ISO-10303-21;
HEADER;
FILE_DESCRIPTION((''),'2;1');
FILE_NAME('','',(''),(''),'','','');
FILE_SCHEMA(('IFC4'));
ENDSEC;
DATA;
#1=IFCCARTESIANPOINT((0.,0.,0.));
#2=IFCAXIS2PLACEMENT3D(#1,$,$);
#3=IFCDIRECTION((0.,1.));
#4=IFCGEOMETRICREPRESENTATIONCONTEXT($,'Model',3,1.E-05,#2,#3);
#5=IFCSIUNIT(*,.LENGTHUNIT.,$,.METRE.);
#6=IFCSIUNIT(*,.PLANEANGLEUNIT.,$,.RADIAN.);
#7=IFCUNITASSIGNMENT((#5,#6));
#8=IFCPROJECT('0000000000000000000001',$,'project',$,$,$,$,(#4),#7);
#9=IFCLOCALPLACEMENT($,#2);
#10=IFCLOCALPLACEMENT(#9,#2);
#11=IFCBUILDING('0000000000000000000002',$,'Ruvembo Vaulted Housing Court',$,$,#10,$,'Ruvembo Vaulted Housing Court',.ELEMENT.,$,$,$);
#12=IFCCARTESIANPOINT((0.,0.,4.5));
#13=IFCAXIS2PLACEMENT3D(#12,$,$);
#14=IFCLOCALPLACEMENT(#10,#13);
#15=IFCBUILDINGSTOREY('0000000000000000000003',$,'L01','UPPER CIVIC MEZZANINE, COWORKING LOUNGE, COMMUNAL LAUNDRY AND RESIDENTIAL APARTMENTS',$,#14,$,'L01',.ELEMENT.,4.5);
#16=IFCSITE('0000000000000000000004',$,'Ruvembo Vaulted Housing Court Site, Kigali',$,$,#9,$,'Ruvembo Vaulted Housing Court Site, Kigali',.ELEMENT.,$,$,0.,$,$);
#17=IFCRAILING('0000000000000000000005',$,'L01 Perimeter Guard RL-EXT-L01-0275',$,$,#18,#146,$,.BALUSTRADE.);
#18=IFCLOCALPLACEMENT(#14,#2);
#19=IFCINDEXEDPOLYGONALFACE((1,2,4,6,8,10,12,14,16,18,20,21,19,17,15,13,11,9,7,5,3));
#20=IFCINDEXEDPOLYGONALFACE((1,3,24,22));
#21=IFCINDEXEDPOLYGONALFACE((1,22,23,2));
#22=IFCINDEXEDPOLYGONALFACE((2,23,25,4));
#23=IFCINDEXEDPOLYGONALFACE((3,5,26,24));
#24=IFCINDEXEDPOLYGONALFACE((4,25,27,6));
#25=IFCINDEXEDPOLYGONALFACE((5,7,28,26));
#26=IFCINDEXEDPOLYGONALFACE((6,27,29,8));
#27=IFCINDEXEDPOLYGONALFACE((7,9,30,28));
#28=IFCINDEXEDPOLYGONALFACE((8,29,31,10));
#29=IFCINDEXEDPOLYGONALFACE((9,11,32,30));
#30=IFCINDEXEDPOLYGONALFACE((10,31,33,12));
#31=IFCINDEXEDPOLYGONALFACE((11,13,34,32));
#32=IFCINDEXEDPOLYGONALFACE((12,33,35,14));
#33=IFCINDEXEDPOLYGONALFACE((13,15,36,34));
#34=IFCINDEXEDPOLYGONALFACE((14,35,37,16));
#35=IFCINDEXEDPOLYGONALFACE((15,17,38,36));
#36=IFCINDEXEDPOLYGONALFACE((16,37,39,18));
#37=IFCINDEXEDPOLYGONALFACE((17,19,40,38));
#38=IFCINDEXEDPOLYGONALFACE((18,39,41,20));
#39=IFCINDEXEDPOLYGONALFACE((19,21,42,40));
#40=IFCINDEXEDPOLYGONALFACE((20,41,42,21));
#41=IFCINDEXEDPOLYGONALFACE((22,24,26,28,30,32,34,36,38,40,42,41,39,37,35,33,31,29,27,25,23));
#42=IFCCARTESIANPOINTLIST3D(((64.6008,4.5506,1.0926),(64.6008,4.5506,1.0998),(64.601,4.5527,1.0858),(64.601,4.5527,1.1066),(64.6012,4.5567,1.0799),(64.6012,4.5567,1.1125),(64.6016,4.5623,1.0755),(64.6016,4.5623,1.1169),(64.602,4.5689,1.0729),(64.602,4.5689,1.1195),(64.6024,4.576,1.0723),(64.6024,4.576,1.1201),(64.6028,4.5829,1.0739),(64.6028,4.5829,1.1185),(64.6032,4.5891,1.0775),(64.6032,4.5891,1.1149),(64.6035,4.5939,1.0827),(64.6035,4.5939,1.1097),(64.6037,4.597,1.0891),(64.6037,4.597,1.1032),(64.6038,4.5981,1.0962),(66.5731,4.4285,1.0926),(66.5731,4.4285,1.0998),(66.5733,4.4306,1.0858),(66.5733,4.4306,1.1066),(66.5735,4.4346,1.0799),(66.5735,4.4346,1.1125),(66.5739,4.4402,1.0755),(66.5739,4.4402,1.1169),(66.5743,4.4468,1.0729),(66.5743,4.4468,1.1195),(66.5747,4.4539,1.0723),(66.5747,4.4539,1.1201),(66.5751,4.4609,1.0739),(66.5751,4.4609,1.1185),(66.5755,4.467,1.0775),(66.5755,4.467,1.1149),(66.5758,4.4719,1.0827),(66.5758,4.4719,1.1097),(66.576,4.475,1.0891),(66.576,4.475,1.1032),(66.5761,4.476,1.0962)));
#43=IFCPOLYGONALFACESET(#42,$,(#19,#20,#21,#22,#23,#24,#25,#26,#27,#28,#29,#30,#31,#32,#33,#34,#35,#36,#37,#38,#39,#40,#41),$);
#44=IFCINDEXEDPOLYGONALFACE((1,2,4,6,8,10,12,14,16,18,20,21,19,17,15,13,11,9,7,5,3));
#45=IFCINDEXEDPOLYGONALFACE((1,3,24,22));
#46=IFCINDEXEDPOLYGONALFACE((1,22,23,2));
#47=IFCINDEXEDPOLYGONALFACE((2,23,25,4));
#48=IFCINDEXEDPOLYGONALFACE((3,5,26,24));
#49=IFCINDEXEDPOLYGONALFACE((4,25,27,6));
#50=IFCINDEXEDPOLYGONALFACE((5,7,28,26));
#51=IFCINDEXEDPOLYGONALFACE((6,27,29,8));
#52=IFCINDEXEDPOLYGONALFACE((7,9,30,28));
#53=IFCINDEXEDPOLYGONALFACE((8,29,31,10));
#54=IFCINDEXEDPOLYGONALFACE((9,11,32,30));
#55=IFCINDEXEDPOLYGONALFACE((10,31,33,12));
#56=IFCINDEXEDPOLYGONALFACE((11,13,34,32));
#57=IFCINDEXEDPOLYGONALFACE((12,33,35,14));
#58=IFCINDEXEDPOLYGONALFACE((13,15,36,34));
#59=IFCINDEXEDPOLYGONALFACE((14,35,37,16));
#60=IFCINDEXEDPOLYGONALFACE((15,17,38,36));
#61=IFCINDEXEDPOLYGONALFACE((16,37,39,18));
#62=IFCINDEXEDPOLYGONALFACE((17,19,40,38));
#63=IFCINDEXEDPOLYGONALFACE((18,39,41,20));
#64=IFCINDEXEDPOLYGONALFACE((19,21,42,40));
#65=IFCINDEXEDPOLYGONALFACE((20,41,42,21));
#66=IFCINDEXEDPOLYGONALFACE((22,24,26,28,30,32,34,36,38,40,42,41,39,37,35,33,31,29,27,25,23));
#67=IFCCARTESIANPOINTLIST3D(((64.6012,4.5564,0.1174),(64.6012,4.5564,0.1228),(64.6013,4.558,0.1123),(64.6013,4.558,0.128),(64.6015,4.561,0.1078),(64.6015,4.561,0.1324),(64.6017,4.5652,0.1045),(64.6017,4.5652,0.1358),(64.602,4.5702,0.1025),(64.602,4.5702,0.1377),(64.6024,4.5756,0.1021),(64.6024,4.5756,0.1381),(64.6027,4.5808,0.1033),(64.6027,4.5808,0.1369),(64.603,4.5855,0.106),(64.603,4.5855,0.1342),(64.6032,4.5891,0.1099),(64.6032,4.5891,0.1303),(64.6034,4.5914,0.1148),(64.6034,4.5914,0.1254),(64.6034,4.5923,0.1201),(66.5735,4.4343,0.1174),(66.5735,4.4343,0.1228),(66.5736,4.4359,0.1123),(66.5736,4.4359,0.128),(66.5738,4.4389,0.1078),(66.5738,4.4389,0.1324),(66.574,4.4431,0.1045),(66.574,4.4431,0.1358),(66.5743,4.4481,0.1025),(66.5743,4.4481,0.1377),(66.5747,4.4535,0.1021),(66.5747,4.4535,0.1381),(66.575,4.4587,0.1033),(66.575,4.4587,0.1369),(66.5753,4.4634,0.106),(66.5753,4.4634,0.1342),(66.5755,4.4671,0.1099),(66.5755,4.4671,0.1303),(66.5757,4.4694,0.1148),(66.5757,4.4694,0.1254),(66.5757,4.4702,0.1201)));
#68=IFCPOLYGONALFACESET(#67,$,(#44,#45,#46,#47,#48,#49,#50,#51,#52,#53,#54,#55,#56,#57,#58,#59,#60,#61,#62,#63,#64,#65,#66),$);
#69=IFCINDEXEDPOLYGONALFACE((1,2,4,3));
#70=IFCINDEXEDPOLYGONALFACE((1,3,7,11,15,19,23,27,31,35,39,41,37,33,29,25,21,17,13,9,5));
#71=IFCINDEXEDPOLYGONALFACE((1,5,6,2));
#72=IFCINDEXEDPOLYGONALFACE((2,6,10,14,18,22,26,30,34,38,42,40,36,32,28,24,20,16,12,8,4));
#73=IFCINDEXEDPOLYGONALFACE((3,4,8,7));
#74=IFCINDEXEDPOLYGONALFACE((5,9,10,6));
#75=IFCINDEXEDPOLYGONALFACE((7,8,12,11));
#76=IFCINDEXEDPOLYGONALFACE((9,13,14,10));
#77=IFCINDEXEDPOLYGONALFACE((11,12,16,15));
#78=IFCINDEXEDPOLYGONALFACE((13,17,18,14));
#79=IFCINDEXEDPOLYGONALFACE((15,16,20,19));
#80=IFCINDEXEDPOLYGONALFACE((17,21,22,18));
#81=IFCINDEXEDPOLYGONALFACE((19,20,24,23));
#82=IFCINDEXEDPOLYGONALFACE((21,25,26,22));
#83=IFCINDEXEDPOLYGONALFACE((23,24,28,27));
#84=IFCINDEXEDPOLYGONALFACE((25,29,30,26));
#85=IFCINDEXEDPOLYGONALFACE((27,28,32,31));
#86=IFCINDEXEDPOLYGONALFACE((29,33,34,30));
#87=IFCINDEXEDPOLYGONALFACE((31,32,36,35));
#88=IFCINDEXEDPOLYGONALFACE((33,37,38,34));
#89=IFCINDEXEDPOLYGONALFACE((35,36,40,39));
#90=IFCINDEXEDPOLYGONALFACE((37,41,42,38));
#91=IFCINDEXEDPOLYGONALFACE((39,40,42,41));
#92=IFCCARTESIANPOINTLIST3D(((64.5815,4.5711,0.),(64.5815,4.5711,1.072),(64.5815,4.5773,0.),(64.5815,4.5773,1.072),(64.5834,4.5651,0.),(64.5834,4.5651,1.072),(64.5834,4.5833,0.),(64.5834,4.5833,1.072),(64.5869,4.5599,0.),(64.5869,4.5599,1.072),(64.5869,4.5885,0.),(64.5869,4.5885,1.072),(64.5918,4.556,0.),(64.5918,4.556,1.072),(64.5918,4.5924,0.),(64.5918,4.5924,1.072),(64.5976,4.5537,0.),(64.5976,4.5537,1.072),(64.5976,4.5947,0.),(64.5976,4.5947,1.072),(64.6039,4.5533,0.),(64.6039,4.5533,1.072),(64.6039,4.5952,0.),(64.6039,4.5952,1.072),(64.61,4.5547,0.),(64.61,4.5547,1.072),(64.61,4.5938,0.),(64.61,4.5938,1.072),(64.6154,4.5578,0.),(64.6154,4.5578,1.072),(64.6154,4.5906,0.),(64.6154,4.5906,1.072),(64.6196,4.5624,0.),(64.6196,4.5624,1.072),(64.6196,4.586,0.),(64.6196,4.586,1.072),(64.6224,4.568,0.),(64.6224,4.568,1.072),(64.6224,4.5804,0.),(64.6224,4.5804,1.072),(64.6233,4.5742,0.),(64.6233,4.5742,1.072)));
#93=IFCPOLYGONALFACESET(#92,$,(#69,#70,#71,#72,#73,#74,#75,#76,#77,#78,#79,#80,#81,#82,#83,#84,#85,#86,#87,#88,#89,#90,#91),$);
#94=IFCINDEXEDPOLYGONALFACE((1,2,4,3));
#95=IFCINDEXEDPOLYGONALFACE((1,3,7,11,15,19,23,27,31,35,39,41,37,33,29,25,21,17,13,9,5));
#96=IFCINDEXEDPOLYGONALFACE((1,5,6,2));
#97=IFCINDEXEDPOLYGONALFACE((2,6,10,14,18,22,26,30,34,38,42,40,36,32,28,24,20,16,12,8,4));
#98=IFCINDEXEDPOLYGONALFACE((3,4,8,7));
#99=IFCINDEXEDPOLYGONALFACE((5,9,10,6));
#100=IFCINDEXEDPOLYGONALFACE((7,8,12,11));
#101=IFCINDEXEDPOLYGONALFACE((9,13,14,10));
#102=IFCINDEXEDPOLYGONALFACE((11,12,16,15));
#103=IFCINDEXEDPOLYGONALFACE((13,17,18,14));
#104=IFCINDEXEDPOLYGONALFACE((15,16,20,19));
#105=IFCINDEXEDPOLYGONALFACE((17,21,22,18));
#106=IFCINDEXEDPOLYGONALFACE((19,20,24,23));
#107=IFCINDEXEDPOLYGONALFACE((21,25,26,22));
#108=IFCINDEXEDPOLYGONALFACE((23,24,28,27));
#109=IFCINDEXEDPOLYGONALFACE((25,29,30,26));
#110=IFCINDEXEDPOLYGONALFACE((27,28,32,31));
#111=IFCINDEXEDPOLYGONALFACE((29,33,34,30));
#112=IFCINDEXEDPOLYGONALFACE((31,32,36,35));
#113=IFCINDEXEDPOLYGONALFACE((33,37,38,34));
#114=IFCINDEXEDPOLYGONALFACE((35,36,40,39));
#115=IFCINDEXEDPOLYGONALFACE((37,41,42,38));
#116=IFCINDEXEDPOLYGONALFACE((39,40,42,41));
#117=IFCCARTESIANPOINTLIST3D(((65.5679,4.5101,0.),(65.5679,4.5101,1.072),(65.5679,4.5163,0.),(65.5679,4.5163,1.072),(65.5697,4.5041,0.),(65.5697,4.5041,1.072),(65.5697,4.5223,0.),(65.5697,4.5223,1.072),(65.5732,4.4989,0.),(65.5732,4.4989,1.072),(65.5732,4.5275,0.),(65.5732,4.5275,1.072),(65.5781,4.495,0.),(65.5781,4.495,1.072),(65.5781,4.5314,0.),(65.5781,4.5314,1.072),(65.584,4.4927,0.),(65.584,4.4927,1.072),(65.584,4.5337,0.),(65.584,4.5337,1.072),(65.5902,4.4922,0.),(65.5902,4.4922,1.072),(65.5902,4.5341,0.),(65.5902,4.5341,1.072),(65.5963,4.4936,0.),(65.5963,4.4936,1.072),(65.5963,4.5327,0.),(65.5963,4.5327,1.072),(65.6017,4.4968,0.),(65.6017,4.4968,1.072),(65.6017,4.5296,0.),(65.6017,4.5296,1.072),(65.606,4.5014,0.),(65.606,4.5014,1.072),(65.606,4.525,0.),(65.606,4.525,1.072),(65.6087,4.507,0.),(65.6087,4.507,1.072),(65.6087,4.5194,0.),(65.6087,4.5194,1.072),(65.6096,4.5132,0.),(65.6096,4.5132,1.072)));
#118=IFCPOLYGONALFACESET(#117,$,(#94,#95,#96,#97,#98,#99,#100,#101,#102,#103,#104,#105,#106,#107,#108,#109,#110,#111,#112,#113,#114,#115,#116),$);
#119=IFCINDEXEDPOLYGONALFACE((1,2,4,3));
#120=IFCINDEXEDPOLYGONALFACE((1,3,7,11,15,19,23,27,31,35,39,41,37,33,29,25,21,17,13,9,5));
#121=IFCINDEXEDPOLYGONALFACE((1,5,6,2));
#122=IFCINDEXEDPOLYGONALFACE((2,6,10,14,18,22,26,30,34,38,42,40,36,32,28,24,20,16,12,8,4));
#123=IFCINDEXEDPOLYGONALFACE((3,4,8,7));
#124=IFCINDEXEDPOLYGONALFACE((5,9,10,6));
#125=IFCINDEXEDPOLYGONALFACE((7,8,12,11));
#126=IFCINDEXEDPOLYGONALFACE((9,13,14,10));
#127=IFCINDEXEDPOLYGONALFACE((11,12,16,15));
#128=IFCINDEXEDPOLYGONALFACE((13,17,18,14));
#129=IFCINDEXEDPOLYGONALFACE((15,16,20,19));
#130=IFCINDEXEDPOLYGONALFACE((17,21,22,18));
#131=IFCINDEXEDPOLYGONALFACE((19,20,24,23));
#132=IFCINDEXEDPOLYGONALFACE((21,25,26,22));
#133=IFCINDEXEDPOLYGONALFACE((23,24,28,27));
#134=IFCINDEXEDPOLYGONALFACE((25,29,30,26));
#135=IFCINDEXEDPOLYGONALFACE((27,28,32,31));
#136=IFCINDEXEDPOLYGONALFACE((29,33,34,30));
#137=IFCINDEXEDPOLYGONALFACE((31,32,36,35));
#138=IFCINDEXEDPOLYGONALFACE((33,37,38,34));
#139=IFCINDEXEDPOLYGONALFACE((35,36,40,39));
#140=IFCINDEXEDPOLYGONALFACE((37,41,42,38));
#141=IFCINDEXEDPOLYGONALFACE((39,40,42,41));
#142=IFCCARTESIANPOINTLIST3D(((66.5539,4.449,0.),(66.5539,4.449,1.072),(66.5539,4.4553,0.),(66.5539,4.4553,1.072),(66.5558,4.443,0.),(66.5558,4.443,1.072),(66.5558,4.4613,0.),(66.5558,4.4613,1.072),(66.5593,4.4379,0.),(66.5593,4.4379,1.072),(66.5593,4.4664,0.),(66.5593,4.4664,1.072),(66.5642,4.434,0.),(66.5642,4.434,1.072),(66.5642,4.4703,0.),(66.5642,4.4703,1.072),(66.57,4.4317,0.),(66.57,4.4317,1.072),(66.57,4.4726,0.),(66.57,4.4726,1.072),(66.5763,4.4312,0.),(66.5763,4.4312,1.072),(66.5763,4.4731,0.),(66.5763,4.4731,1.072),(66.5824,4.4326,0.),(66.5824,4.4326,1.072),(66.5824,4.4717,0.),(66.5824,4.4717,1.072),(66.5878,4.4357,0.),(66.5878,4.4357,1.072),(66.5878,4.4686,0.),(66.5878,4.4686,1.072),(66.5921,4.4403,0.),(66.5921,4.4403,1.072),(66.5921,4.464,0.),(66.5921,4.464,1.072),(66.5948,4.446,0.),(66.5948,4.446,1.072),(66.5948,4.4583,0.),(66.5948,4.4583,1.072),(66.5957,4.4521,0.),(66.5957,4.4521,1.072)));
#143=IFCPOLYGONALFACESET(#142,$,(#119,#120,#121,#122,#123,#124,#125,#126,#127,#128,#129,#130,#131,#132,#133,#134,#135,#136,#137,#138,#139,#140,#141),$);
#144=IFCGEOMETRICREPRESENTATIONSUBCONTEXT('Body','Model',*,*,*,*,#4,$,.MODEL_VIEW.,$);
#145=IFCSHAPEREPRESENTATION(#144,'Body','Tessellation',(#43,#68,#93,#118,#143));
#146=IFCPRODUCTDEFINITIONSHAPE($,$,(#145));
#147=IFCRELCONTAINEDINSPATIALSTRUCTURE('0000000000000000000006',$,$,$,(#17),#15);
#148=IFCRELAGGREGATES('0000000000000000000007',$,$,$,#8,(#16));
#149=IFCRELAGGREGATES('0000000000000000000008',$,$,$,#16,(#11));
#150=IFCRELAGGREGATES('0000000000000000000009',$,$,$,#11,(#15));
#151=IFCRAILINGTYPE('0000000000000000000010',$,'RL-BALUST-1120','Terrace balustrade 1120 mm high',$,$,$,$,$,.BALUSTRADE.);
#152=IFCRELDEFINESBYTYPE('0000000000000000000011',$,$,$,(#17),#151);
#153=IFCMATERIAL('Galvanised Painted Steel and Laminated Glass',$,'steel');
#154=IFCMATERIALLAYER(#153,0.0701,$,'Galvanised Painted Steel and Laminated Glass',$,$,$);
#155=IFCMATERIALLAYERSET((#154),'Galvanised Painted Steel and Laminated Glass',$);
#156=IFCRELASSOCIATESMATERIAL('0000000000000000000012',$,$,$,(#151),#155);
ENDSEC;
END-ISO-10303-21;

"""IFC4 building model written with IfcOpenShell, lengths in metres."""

from ifc_helpers import new_model, si_unit, direction, frame, origin, origin_2d, place, context, subcontext, project, spatial, circle, extrude, material, layer, layer_set, type_object, element, save


model = new_model("IFC4")

# Units and contexts
model_context = context("Model", 3, precision=1e-05, world=origin(), true_north=direction((0.0, 1.0)))
body_context = subcontext(model_context, "Body", "Model", "MODEL_VIEW")
ifc_project = project(units=[si_unit("LENGTHUNIT", "METRE"), si_unit("PLANEANGLEUNIT", "RADIAN")], contexts=[model_context])

# Site, building, storey
site_placement = place(None, origin())
site = spatial("IfcSite", under=ifc_project, at=site_placement, Name="Ruvembo Vaulted Housing Court Site, Kigali", LongName="Ruvembo Vaulted Housing Court Site, Kigali", CompositionType="ELEMENT", RefElevation=0.0)
building_placement = place(site_placement, origin())
building = spatial("IfcBuilding", under=site, at=building_placement, Name="Ruvembo Vaulted Housing Court", LongName="Ruvembo Vaulted Housing Court", CompositionType="ELEMENT")
storey_placement = place(building_placement, frame((0.0, 0.0, 4.5)))
storey = spatial("IfcBuildingStorey", under=building, at=storey_placement, Name="L01", Description="UPPER CIVIC MEZZANINE, COWORKING LOUNGE, COMMUNAL LAUNDRY AND RESIDENTIAL APARTMENTS", LongName="L01", CompositionType="ELEMENT", Elevation=4.5)

# Railing
ifc_material_1 = material(Name="Galvanised Painted Steel and Laminated Glass", Category="steel")
ifc_layer_1 = layer(ifc_material_1, 0.0701, Name="Galvanised Painted Steel and Laminated Glass")
ifc_layer_set_1 = layer_set([ifc_layer_1], Name="Galvanised Painted Steel and Laminated Glass")
railing_type = type_object("IfcRailingType", Name="RL-BALUST-1120", Description="Terrace balustrade 1120 mm high", PredefinedType="BALUSTRADE", material=ifc_layer_set_1)
railing_1_placement = place(storey_placement, frame((64.6023, 4.5742, 0.0)))
element("IfcRailing", 1, at=railing_1_placement, inside=storey, type_object=railing_type, Name="L01 Perimeter Guard RL-EXT-L01-0275", PredefinedType="BALUSTRADE", context=body_context, shape_type="SweptSolid", body=[
    extrude(circle(Radius=0.0239, at=origin_2d()), frame((0.0, 0.0, 1.0962), z_axis=(0.99809, -0.061771, 0.0), x_axis=(0.061771, 0.99809, 0.0)), (0.0, 0.0, 1.0), 1.9761),
    extrude(circle(Radius=0.0181, at=origin_2d()), frame((0.0, 0.0, 0.1201), z_axis=(0.99809, -0.061771, 0.0), x_axis=(0.061771, 0.99809, 0.0)), (0.0, 0.0, 1.0), 1.9761),
    extrude(circle(Radius=0.021, at=origin_2d()), origin(), (0.0, 0.0, 1.0), 1.072),
    extrude(circle(Radius=0.021, at=origin_2d()), frame((0.9863, -0.061, 0.0)), (0.0, 0.0, 1.0), 1.072),
    extrude(circle(Radius=0.021, at=origin_2d()), frame((1.9724, -0.1221, 0.0)), (0.0, 0.0, 1.0), 1.072),
])

save(model, "model.ifc")
